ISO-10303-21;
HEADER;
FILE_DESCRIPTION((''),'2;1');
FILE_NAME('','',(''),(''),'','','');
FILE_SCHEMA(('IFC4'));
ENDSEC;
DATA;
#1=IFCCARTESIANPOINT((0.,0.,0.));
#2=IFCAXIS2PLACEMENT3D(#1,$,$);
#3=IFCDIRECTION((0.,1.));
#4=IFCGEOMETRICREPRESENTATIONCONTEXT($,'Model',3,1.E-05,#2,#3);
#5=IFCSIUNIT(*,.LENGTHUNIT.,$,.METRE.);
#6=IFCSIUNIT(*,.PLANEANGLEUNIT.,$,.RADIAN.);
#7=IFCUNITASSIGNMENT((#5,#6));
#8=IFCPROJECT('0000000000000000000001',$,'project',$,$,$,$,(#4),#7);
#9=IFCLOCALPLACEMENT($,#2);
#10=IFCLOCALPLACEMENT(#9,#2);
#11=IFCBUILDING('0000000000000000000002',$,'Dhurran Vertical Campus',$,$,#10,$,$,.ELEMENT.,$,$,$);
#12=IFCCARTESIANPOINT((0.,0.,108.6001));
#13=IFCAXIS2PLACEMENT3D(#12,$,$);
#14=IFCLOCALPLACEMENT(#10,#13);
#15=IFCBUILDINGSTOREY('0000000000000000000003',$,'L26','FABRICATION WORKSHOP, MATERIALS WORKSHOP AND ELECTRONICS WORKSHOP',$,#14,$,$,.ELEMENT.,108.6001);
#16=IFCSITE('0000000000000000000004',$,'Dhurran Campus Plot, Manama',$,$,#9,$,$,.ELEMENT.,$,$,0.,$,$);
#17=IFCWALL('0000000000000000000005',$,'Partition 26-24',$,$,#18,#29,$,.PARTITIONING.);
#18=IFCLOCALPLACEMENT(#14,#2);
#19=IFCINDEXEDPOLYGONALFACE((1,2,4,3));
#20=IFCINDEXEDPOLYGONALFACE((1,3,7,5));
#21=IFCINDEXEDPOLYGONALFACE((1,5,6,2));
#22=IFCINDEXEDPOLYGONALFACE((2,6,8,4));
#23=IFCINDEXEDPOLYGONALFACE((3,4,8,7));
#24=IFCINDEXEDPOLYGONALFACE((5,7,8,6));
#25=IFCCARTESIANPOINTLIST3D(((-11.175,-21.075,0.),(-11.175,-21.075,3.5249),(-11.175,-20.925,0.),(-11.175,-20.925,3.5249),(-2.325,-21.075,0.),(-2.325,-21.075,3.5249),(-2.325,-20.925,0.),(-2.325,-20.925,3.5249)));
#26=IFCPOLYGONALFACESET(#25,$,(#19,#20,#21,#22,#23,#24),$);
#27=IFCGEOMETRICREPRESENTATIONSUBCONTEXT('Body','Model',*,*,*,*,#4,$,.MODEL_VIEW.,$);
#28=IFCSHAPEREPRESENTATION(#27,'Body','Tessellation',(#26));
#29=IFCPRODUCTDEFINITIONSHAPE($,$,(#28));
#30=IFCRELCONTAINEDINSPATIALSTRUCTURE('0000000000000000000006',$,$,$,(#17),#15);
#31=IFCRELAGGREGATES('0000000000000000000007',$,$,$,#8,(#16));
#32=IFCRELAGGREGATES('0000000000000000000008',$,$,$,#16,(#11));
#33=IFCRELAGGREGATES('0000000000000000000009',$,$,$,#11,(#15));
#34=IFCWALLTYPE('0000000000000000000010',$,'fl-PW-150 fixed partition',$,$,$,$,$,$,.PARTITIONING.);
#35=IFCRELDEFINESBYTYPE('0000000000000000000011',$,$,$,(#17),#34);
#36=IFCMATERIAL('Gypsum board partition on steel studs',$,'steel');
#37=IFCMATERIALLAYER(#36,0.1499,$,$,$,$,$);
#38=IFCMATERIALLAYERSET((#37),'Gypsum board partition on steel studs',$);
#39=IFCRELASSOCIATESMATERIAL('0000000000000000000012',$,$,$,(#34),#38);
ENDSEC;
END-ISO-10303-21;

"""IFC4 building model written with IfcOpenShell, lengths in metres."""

from ifc_helpers import new_model, si_unit, direction, frame, frame_2d, origin, place, context, subcontext, project, spatial, rectangle, extrude, material, layer, layer_set, type_object, element, save


model = new_model("IFC4")

# Units and contexts
model_context = context("Model", 3, precision=1e-05, world=origin(), true_north=direction((0.0, 1.0)))
body_context = subcontext(model_context, "Body", "Model", "MODEL_VIEW")
ifc_project = project(units=[si_unit("LENGTHUNIT", "METRE"), si_unit("PLANEANGLEUNIT", "RADIAN")], contexts=[model_context])

# Site, building, storey
site_placement = place(None, origin())
site = spatial("IfcSite", under=ifc_project, at=site_placement, Name="Dhurran Campus Plot, Manama", CompositionType="ELEMENT", RefElevation=0.0)
building_placement = place(site_placement, origin())
building = spatial("IfcBuilding", under=site, at=building_placement, Name="Dhurran Vertical Campus", CompositionType="ELEMENT")
storey_placement = place(building_placement, frame((0.0, 0.0, 108.6001)))
storey = spatial("IfcBuildingStorey", under=building, at=storey_placement, Name="L26", Description="FABRICATION WORKSHOP, MATERIALS WORKSHOP AND ELECTRONICS WORKSHOP", CompositionType="ELEMENT", Elevation=108.6001)

# Wall
ifc_material_1 = material(Name="Gypsum board partition on steel studs", Category="steel")
ifc_layer_1 = layer(ifc_material_1, 0.1499)
ifc_layer_set_1 = layer_set([ifc_layer_1], Name="Gypsum board partition on steel studs")
wall_type_1 = type_object("IfcWallType", Name="fl-PW-150 fixed partition", PredefinedType="PARTITIONING", material=ifc_layer_set_1)
wall_1_placement = place(storey_placement, frame((-11.175, -21.0, 0.0), z_axis=(0.0, 0.0, 1.0), x_axis=(1.0, 0.0, 0.0)))
element("IfcWall", 1, at=wall_1_placement, inside=storey, type_object=wall_type_1, Name="Partition 26-24", PredefinedType="PARTITIONING", context=body_context, shape_type="SweptSolid", body=[
    extrude(rectangle(XDim=8.8501, YDim=0.1499, at=frame_2d((4.425, 0.0))), origin(), (0.0, 0.0, 1.0), 3.5249),
])

save(model, "model.ifc")
